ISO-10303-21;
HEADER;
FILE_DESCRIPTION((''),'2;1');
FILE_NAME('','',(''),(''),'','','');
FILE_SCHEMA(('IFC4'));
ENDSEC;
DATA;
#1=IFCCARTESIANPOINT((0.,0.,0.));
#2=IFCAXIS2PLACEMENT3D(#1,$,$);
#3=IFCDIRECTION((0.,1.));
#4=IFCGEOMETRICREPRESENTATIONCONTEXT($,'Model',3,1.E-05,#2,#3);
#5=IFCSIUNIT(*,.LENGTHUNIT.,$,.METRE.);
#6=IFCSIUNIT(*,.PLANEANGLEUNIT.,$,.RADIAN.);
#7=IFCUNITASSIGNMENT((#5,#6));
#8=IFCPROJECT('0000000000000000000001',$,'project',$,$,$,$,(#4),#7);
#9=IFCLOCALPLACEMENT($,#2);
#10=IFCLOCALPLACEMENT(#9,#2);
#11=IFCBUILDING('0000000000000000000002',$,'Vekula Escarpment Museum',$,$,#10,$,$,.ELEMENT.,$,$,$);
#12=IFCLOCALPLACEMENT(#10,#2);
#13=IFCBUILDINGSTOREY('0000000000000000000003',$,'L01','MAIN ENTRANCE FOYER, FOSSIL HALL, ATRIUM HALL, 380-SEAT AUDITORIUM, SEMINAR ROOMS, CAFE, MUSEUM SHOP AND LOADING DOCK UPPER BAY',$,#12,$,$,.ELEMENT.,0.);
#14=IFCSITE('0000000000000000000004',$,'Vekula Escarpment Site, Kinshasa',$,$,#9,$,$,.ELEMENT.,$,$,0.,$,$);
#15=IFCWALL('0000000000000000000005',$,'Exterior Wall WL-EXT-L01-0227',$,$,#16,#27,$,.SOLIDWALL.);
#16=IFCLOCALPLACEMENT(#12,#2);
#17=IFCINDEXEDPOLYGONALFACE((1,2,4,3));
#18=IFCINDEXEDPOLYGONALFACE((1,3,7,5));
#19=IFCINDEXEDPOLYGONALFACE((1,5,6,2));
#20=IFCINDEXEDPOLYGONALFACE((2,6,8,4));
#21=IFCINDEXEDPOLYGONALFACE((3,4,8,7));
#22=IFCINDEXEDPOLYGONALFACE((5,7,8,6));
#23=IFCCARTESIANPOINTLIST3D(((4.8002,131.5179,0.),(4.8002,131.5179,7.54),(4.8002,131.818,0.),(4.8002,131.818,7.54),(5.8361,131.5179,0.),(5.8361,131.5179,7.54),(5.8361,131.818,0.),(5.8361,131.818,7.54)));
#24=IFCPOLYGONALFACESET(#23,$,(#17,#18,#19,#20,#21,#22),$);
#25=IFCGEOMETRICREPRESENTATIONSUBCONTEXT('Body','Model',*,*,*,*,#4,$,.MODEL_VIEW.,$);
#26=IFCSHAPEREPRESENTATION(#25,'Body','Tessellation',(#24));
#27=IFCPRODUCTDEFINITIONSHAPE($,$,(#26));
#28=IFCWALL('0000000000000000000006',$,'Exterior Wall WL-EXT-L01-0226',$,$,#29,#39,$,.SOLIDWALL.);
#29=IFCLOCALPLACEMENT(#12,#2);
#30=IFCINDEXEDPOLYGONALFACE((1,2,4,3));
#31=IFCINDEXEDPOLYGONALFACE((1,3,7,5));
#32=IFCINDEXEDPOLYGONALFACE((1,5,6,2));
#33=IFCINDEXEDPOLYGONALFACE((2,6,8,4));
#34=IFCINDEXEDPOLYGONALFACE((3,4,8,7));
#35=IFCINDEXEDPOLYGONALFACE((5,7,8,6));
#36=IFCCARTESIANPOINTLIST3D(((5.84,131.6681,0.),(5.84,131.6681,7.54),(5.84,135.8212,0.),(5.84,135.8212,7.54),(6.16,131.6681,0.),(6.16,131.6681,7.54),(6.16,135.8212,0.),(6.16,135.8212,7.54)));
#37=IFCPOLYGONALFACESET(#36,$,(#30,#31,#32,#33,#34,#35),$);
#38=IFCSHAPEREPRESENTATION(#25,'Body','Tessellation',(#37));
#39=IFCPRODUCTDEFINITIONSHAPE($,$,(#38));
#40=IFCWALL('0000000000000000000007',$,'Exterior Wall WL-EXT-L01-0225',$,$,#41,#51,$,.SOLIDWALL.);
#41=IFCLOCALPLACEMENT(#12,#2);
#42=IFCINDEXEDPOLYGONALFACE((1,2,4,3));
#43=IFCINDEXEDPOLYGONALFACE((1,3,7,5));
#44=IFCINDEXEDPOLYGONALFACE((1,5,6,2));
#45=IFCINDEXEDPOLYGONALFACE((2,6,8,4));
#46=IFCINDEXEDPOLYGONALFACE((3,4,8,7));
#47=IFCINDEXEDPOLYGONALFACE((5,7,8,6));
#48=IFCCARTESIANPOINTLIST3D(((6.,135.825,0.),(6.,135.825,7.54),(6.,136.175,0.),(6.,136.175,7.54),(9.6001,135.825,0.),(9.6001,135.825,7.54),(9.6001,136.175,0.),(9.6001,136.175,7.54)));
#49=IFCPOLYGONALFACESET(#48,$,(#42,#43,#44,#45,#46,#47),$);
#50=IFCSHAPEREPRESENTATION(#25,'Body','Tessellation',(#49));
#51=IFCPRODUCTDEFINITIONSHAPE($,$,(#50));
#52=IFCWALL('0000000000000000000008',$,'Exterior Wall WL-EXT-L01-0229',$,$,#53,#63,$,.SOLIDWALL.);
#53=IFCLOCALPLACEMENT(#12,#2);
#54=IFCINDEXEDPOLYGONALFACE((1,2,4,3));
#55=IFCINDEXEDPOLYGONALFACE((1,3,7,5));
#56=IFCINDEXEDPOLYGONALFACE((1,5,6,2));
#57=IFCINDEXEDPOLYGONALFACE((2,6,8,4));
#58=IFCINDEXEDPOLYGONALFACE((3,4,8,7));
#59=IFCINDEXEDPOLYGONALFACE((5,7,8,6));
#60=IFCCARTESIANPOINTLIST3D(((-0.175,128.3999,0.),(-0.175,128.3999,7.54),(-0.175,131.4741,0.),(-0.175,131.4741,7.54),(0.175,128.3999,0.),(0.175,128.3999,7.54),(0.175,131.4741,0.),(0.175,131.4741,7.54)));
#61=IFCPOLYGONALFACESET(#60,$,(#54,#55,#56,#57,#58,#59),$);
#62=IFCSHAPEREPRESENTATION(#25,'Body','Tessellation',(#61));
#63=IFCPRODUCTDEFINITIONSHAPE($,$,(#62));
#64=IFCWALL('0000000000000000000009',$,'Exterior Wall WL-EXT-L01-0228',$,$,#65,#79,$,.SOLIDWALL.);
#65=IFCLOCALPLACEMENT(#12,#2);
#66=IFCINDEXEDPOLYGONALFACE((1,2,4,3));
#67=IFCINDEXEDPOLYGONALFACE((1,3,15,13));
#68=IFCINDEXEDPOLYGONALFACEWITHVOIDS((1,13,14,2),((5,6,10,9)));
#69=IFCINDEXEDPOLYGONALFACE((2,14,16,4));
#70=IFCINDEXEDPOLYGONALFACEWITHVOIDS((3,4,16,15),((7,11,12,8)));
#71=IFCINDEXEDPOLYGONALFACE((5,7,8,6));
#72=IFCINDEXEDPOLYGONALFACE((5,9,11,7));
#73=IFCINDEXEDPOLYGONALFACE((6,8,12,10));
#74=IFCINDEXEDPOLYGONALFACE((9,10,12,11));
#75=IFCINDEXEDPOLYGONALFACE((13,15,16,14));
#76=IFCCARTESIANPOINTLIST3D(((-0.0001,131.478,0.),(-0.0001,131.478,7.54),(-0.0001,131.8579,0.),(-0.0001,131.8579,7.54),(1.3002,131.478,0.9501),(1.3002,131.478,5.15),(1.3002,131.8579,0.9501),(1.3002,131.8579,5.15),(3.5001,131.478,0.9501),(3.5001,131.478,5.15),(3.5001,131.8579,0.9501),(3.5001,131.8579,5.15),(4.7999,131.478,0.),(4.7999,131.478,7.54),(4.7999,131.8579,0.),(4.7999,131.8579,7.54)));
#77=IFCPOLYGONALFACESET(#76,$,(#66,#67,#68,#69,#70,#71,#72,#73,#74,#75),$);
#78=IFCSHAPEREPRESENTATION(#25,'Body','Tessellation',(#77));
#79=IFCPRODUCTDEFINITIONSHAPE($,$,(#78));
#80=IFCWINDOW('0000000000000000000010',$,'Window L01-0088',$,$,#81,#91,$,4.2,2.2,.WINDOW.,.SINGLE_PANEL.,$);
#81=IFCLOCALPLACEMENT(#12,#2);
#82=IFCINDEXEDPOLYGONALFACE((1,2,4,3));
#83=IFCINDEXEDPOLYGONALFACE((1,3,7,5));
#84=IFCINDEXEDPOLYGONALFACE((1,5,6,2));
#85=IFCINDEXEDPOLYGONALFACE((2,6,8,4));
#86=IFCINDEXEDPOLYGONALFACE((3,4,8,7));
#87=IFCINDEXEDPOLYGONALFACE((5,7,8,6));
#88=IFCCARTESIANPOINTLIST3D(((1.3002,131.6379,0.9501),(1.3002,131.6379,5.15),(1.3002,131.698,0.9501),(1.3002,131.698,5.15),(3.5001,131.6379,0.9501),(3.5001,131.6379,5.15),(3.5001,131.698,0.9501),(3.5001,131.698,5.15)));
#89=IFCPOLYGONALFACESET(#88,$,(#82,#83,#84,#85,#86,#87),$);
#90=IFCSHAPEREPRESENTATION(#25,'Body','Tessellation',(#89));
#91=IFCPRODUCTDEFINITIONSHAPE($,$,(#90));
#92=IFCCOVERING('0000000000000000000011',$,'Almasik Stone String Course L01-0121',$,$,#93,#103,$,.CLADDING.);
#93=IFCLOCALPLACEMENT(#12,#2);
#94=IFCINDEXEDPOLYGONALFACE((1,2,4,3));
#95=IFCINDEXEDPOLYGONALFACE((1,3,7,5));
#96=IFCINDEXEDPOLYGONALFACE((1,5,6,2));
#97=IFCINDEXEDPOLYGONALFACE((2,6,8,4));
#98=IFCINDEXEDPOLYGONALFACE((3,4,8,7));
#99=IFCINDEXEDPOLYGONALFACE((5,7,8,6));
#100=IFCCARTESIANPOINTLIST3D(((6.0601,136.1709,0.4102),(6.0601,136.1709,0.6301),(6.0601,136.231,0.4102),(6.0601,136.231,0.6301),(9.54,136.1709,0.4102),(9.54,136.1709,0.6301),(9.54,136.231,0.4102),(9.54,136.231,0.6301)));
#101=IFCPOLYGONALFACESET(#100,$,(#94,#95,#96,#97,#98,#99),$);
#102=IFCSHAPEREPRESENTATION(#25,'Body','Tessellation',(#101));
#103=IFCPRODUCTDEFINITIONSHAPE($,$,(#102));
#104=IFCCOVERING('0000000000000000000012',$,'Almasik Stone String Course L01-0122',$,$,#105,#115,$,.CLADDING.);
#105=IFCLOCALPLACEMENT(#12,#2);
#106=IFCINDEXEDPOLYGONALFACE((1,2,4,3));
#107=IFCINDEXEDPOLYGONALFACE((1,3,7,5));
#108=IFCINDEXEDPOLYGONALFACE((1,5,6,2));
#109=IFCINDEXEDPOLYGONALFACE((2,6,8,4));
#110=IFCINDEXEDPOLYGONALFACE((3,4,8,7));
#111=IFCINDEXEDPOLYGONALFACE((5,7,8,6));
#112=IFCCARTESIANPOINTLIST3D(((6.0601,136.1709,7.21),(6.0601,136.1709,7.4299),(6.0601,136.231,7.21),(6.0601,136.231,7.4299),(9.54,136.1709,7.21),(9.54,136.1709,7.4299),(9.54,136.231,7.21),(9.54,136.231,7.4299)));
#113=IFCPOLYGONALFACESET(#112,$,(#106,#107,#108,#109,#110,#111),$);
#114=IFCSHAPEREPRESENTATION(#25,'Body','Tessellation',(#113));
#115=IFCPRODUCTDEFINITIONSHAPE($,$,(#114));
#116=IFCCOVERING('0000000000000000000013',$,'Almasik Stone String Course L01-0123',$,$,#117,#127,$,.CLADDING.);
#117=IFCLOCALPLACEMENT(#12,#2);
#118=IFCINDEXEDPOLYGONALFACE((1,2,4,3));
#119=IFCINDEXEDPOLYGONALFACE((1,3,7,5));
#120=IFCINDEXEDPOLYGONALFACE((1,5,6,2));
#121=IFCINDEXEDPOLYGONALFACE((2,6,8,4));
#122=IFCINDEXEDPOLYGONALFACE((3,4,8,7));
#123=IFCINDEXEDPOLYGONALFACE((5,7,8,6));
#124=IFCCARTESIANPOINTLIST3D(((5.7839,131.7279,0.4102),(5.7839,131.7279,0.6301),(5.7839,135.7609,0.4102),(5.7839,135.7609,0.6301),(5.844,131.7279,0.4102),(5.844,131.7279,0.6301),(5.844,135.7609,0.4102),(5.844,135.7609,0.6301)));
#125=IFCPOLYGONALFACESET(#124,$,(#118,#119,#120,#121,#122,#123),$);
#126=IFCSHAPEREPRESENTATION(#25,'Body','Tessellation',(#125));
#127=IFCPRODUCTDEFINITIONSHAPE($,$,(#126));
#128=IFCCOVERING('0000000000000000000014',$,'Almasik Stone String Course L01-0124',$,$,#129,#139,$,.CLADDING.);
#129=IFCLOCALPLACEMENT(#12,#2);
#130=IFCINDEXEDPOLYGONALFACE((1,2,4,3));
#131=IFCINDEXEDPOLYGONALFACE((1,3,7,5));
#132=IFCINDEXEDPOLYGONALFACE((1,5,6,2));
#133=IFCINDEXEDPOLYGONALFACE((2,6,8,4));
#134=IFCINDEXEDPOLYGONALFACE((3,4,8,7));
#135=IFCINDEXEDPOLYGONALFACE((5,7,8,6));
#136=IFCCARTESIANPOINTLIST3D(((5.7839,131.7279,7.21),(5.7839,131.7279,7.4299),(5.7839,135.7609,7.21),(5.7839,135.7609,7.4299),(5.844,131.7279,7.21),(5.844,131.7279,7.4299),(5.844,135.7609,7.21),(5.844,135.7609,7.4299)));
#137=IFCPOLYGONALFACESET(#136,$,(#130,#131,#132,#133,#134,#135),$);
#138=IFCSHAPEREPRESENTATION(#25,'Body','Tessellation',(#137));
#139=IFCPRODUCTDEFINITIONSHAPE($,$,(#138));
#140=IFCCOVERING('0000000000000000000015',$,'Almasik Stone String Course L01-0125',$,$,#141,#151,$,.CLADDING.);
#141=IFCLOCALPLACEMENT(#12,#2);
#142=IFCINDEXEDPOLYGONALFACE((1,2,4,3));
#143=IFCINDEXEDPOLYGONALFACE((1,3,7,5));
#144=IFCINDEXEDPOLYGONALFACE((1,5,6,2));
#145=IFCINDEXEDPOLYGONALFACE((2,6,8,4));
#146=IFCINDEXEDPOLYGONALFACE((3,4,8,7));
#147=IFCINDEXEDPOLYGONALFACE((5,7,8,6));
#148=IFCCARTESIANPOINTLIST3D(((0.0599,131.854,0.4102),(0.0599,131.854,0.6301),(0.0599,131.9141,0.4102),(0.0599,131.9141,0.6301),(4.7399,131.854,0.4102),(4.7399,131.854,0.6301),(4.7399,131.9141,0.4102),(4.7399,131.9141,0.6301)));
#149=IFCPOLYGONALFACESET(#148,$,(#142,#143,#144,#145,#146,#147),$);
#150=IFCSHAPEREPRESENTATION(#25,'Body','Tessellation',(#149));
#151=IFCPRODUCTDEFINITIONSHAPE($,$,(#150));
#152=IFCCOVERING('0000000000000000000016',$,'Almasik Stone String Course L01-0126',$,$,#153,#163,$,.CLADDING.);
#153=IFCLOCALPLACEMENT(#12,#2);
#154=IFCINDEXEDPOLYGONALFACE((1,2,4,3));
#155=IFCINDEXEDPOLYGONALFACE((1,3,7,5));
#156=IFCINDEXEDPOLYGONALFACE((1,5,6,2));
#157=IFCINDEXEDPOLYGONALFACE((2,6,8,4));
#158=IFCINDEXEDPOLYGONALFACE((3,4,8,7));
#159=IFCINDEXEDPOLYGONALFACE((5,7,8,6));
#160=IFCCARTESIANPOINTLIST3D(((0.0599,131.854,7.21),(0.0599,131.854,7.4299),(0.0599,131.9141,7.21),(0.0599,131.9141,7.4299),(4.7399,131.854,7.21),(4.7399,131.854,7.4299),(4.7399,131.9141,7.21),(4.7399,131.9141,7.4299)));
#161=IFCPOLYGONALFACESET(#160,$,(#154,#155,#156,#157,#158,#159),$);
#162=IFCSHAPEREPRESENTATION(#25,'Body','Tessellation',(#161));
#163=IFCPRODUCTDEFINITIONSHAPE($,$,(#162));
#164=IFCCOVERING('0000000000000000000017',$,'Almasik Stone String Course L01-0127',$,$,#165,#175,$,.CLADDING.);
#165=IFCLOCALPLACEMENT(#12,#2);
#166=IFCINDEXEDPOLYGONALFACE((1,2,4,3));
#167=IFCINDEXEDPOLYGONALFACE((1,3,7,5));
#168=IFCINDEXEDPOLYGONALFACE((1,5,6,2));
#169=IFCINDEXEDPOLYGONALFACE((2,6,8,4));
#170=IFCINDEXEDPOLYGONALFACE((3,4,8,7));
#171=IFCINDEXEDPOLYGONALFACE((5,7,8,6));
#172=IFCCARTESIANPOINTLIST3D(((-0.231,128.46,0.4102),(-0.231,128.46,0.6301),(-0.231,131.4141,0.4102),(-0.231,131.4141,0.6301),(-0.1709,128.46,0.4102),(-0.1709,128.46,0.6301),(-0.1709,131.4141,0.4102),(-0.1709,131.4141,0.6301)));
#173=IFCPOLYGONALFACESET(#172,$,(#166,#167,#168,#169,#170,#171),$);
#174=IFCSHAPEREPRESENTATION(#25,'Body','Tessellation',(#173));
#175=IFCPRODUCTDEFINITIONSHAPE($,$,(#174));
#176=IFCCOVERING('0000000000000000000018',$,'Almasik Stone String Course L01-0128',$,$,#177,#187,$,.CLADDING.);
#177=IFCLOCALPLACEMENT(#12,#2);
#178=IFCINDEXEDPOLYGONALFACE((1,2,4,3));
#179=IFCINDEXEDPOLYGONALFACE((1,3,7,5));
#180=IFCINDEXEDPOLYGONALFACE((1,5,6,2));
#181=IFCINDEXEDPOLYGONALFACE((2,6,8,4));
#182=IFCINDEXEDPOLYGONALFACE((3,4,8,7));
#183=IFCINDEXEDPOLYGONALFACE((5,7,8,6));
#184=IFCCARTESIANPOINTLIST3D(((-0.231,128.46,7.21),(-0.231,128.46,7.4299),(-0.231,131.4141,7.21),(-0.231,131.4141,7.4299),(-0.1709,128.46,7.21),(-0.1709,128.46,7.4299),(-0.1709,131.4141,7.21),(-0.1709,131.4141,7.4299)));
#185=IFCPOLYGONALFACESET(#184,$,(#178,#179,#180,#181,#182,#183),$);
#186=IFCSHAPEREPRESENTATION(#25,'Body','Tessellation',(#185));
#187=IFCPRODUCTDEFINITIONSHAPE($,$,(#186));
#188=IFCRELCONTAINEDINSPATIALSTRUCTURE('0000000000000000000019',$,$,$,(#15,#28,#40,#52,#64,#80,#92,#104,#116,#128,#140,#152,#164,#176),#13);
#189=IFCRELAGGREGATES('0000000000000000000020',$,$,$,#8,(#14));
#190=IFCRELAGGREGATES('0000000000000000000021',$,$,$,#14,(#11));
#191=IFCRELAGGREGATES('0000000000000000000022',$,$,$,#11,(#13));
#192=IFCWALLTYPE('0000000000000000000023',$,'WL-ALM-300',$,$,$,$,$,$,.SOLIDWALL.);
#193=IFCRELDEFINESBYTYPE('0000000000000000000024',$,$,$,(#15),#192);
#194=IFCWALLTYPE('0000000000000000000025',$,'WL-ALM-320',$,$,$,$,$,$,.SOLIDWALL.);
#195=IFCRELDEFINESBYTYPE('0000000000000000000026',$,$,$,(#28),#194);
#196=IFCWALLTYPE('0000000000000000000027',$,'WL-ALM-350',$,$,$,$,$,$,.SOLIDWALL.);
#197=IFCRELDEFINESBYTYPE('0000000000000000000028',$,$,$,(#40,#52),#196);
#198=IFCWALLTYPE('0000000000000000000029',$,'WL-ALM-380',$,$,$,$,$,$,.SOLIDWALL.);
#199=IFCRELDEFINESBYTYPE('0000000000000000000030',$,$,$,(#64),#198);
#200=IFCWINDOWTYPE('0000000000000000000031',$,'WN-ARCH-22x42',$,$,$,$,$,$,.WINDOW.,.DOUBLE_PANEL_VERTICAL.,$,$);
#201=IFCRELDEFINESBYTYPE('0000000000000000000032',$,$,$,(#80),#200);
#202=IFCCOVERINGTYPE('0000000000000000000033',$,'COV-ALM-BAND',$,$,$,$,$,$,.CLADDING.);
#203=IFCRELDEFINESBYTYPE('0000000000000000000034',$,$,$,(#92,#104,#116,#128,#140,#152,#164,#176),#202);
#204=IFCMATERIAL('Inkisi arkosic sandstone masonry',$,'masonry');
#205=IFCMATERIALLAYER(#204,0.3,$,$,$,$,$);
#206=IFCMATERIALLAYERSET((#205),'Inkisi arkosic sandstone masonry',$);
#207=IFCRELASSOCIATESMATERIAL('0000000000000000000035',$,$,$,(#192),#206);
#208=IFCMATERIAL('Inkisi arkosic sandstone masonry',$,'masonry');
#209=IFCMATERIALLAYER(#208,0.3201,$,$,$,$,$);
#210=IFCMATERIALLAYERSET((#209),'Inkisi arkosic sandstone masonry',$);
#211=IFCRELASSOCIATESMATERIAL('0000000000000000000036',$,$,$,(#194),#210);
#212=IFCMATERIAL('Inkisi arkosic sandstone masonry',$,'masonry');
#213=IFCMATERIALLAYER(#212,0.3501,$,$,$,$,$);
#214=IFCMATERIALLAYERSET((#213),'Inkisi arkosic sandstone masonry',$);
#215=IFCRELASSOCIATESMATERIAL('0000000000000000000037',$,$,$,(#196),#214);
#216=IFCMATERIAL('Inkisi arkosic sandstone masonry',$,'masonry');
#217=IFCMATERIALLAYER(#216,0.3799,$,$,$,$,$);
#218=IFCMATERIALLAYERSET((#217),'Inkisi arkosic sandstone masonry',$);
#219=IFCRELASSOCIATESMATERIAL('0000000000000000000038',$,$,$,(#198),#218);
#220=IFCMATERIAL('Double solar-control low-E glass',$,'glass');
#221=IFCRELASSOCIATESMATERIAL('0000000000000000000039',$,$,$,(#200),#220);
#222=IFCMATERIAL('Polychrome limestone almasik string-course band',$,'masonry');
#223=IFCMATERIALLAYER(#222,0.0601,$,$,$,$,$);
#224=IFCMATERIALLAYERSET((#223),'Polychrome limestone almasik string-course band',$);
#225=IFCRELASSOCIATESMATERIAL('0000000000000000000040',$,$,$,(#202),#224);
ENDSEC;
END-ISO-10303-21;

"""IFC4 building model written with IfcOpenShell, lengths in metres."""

from ifc_helpers import new_model, si_unit, direction, frame, frame_2d, origin, origin_2d, place, context, subcontext, project, spatial, rectangle, extrude, material, layer, layer_set, type_object, element, fill, save


model = new_model("IFC4")

# Units and contexts
model_context = context("Model", 3, precision=1e-05, world=origin(), true_north=direction((0.0, 1.0)))
body_context = subcontext(model_context, "Body", "Model", "MODEL_VIEW")
ifc_project = project(units=[si_unit("LENGTHUNIT", "METRE"), si_unit("PLANEANGLEUNIT", "RADIAN")], contexts=[model_context])

# Site, building, storey
site_placement = place(None, origin())
site = spatial("IfcSite", under=ifc_project, at=site_placement, Name="Vekula Escarpment Site, Kinshasa", CompositionType="ELEMENT", RefElevation=0.0)
building_placement = place(site_placement, origin())
building = spatial("IfcBuilding", under=site, at=building_placement, Name="Vekula Escarpment Museum", CompositionType="ELEMENT")
storey_placement = place(building_placement, origin())
storey = spatial("IfcBuildingStorey", under=building, at=storey_placement, Name="L01", Description="MAIN ENTRANCE FOYER, FOSSIL HALL, ATRIUM HALL, 380-SEAT AUDITORIUM, SEMINAR ROOMS, CAFE, MUSEUM SHOP AND LOADING DOCK UPPER BAY", CompositionType="ELEMENT", Elevation=0.0)

# Walls
ifc_material_1 = material(Name="Inkisi arkosic sandstone masonry", Category="masonry")
ifc_layer_1 = layer(ifc_material_1, 0.3)
ifc_layer_set_1 = layer_set([ifc_layer_1], Name="Inkisi arkosic sandstone masonry")
wall_type_1 = type_object("IfcWallType", Name="WL-ALM-300", PredefinedType="SOLIDWALL", material=ifc_layer_set_1)
wall_1_placement = place(storey_placement, frame((4.8, 131.668, 0.0), z_axis=(0.0, 0.0, 1.0), x_axis=(1.0, 0.0, 0.0)))
element("IfcWall", 1, at=wall_1_placement, inside=storey, type_object=wall_type_1, Name="Exterior Wall WL-EXT-L01-0227", PredefinedType="SOLIDWALL", context=body_context, shape_type="SweptSolid", body=[
    extrude(rectangle(XDim=1.0359, YDim=0.3, at=frame_2d((0.5181, 0.0))), origin(), (0.0, 0.0, 1.0), 7.54),
])
ifc_material_2 = material(Name="Inkisi arkosic sandstone masonry", Category="masonry")
ifc_layer_2 = layer(ifc_material_2, 0.3201)
ifc_layer_set_2 = layer_set([ifc_layer_2], Name="Inkisi arkosic sandstone masonry")
wall_type_2 = type_object("IfcWallType", Name="WL-ALM-320", PredefinedType="SOLIDWALL", material=ifc_layer_set_2)
wall_2_placement = place(storey_placement, frame((6.0, 131.668, 0.0), z_axis=(0.0, 0.0, 1.0), x_axis=(0.0, 1.0, 0.0)))
element("IfcWall", 2, at=wall_2_placement, inside=storey, type_object=wall_type_2, Name="Exterior Wall WL-EXT-L01-0226", PredefinedType="SOLIDWALL", context=body_context, shape_type="SweptSolid", body=[
    extrude(rectangle(XDim=4.1531, YDim=0.3201, at=frame_2d((2.0767, 0.0))), origin(), (0.0, 0.0, 1.0), 7.54),
])
ifc_material_3 = material(Name="Inkisi arkosic sandstone masonry", Category="masonry")
ifc_layer_3 = layer(ifc_material_3, 0.3501)
ifc_layer_set_3 = layer_set([ifc_layer_3], Name="Inkisi arkosic sandstone masonry")
wall_type_3 = type_object("IfcWallType", Name="WL-ALM-350", PredefinedType="SOLIDWALL", material=ifc_layer_set_3)
wall_3_placement = place(storey_placement, frame((6.0, 136.0, 0.0), z_axis=(0.0, 0.0, 1.0), x_axis=(1.0, 0.0, 0.0)))
element("IfcWall", 3, at=wall_3_placement, inside=storey, type_object=wall_type_3, Name="Exterior Wall WL-EXT-L01-0225", PredefinedType="SOLIDWALL", context=body_context, shape_type="SweptSolid", body=[
    extrude(rectangle(XDim=3.6001, YDim=0.3501, at=frame_2d((1.8, 0.0))), origin(), (0.0, 0.0, 1.0), 7.54),
])
wall_4_placement = place(storey_placement, frame((0.0, 128.3999, 0.0), z_axis=(0.0, 0.0, 1.0), x_axis=(0.0, 1.0, 0.0)))
element("IfcWall", 4, at=wall_4_placement, inside=storey, type_object=wall_type_3, Name="Exterior Wall WL-EXT-L01-0229", PredefinedType="SOLIDWALL", context=body_context, shape_type="SweptSolid", body=[
    extrude(rectangle(XDim=3.0742, YDim=0.3501, at=frame_2d((1.5371, 0.0))), origin(), (0.0, 0.0, 1.0), 7.54),
])

# Wall, opening, window
ifc_material_4 = material(Name="Inkisi arkosic sandstone masonry", Category="masonry")
ifc_layer_4 = layer(ifc_material_4, 0.3799)
ifc_layer_set_4 = layer_set([ifc_layer_4], Name="Inkisi arkosic sandstone masonry")
wall_type_4 = type_object("IfcWallType", Name="WL-ALM-380", PredefinedType="SOLIDWALL", material=ifc_layer_set_4)
wall_5_placement = place(storey_placement, frame((0.0, 131.668, 0.0), z_axis=(0.0, 0.0, 1.0), x_axis=(1.0, 0.0, 0.0)))
wall_5 = element("IfcWall", 5, at=wall_5_placement, inside=storey, type_object=wall_type_4, Name="Exterior Wall WL-EXT-L01-0228", PredefinedType="SOLIDWALL", context=body_context, shape_type="SweptSolid", body=[
    extrude(rectangle(XDim=4.8, YDim=0.3799, at=frame_2d((2.3999, 0.0))), origin(), (0.0, 0.0, 1.0), 7.54),
])
opening_placement = place(wall_5_placement, frame((1.3, 0.0, 0.95)))
opening = element("IfcOpeningElement", 6, at=opening_placement, cuts=wall_5, PredefinedType="OPENING", context=body_context, shape_type="SweptSolid", body=[
    extrude(rectangle(XDim=2.2, YDim=4.2, at=frame_2d((1.1001, 2.1001))), frame((0.0, 0.2, 0.0), z_axis=(0.0, -1.0, 0.0), x_axis=(1.0, 0.0, 0.0)), (0.0, 0.0, 1.0), 0.3999),
])
ifc_material_5 = material(Name="Double solar-control low-E glass", Category="glass")
window_type = type_object("IfcWindowType", Name="WN-ARCH-22x42", PartitioningType="DOUBLE_PANEL_VERTICAL", PredefinedType="WINDOW", material=ifc_material_5)
window_placement = place(opening_placement, origin())
window = element("IfcWindow", 7, at=window_placement, inside=storey, type_object=window_type, Name="Window L01-0088", OverallHeight=4.2, OverallWidth=2.2, PartitioningType="SINGLE_PANEL", PredefinedType="WINDOW", context=body_context, shape_type="SweptSolid", body=[
    extrude(rectangle(XDim=2.2, YDim=4.2, at=frame_2d((1.1001, 2.1001))), frame((0.0, 0.03, 0.0), z_axis=(0.0, -1.0, 0.0), x_axis=(1.0, 0.0, 0.0)), (0.0, 0.0, 1.0), 0.0601),
])
fill(opening, window)

# Coverings
ifc_material_6 = material(Name="Polychrome limestone almasik string-course band", Category="masonry")
ifc_layer_5 = layer(ifc_material_6, 0.0601)
ifc_layer_set_5 = layer_set([ifc_layer_5], Name="Polychrome limestone almasik string-course band")
covering_type = type_object("IfcCoveringType", Name="COV-ALM-BAND", PredefinedType="CLADDING", material=ifc_layer_set_5)
for number, where, z_axis, x_axis, name in (
    (8, (7.8, 136.2009, 0.4102), (0.0, 0.0, 1.0), (1.0, 0.0, 0.0), "Almasik Stone String Course L01-0121"),
    (9, (7.8, 136.2009, 7.21), (0.0, 0.0, 1.0), (1.0, 0.0, 0.0), "Almasik Stone String Course L01-0122"),
):
    element("IfcCovering", number, at=place(storey_placement, frame(where, z_axis=z_axis, x_axis=x_axis)), inside=storey, type_object=covering_type, Name=name, PredefinedType="CLADDING", context=body_context, shape_type="SweptSolid", body=[
        extrude(rectangle(XDim=3.48, YDim=0.0601, at=origin_2d()), origin(), (0.0, 0.0, 1.0), 0.22),
    ])
for number, where, z_axis, x_axis, name in (
    (10, (5.814, 133.7444, 0.4102), (0.0, 0.0, 1.0), (0.0, 1.0, 0.0), "Almasik Stone String Course L01-0123"),
    (11, (5.814, 133.7444, 7.21), (0.0, 0.0, 1.0), (0.0, 1.0, 0.0), "Almasik Stone String Course L01-0124"),
):
    element("IfcCovering", number, at=place(storey_placement, frame(where, z_axis=z_axis, x_axis=x_axis)), inside=storey, type_object=covering_type, Name=name, PredefinedType="CLADDING", context=body_context, shape_type="SweptSolid", body=[
        extrude(rectangle(XDim=4.033, YDim=0.0601, at=origin_2d()), origin(), (0.0, 0.0, 1.0), 0.22),
    ])
for number, where, z_axis, x_axis, name in (
    (12, (2.3999, 131.884, 0.4102), (0.0, 0.0, 1.0), (1.0, 0.0, 0.0), "Almasik Stone String Course L01-0125"),
    (13, (2.3999, 131.884, 7.21), (0.0, 0.0, 1.0), (1.0, 0.0, 0.0), "Almasik Stone String Course L01-0126"),
):
    element("IfcCovering", number, at=place(storey_placement, frame(where, z_axis=z_axis, x_axis=x_axis)), inside=storey, type_object=covering_type, Name=name, PredefinedType="CLADDING", context=body_context, shape_type="SweptSolid", body=[
        extrude(rectangle(XDim=4.6799, YDim=0.0601, at=origin_2d()), origin(), (0.0, 0.0, 1.0), 0.22),
    ])
for number, where, z_axis, x_axis, name in (
    (14, (-0.2009, 129.937, 0.4102), (0.0, 0.0, 1.0), (0.0, 1.0, 0.0), "Almasik Stone String Course L01-0127"),
    (15, (-0.2009, 129.937, 7.21), (0.0, 0.0, 1.0), (0.0, 1.0, 0.0), "Almasik Stone String Course L01-0128"),
):
    element("IfcCovering", number, at=place(storey_placement, frame(where, z_axis=z_axis, x_axis=x_axis)), inside=storey, type_object=covering_type, Name=name, PredefinedType="CLADDING", context=body_context, shape_type="SweptSolid", body=[
        extrude(rectangle(XDim=2.9541, YDim=0.0601, at=origin_2d()), origin(), (0.0, 0.0, 1.0), 0.22),
    ])

save(model, "model.ifc")
